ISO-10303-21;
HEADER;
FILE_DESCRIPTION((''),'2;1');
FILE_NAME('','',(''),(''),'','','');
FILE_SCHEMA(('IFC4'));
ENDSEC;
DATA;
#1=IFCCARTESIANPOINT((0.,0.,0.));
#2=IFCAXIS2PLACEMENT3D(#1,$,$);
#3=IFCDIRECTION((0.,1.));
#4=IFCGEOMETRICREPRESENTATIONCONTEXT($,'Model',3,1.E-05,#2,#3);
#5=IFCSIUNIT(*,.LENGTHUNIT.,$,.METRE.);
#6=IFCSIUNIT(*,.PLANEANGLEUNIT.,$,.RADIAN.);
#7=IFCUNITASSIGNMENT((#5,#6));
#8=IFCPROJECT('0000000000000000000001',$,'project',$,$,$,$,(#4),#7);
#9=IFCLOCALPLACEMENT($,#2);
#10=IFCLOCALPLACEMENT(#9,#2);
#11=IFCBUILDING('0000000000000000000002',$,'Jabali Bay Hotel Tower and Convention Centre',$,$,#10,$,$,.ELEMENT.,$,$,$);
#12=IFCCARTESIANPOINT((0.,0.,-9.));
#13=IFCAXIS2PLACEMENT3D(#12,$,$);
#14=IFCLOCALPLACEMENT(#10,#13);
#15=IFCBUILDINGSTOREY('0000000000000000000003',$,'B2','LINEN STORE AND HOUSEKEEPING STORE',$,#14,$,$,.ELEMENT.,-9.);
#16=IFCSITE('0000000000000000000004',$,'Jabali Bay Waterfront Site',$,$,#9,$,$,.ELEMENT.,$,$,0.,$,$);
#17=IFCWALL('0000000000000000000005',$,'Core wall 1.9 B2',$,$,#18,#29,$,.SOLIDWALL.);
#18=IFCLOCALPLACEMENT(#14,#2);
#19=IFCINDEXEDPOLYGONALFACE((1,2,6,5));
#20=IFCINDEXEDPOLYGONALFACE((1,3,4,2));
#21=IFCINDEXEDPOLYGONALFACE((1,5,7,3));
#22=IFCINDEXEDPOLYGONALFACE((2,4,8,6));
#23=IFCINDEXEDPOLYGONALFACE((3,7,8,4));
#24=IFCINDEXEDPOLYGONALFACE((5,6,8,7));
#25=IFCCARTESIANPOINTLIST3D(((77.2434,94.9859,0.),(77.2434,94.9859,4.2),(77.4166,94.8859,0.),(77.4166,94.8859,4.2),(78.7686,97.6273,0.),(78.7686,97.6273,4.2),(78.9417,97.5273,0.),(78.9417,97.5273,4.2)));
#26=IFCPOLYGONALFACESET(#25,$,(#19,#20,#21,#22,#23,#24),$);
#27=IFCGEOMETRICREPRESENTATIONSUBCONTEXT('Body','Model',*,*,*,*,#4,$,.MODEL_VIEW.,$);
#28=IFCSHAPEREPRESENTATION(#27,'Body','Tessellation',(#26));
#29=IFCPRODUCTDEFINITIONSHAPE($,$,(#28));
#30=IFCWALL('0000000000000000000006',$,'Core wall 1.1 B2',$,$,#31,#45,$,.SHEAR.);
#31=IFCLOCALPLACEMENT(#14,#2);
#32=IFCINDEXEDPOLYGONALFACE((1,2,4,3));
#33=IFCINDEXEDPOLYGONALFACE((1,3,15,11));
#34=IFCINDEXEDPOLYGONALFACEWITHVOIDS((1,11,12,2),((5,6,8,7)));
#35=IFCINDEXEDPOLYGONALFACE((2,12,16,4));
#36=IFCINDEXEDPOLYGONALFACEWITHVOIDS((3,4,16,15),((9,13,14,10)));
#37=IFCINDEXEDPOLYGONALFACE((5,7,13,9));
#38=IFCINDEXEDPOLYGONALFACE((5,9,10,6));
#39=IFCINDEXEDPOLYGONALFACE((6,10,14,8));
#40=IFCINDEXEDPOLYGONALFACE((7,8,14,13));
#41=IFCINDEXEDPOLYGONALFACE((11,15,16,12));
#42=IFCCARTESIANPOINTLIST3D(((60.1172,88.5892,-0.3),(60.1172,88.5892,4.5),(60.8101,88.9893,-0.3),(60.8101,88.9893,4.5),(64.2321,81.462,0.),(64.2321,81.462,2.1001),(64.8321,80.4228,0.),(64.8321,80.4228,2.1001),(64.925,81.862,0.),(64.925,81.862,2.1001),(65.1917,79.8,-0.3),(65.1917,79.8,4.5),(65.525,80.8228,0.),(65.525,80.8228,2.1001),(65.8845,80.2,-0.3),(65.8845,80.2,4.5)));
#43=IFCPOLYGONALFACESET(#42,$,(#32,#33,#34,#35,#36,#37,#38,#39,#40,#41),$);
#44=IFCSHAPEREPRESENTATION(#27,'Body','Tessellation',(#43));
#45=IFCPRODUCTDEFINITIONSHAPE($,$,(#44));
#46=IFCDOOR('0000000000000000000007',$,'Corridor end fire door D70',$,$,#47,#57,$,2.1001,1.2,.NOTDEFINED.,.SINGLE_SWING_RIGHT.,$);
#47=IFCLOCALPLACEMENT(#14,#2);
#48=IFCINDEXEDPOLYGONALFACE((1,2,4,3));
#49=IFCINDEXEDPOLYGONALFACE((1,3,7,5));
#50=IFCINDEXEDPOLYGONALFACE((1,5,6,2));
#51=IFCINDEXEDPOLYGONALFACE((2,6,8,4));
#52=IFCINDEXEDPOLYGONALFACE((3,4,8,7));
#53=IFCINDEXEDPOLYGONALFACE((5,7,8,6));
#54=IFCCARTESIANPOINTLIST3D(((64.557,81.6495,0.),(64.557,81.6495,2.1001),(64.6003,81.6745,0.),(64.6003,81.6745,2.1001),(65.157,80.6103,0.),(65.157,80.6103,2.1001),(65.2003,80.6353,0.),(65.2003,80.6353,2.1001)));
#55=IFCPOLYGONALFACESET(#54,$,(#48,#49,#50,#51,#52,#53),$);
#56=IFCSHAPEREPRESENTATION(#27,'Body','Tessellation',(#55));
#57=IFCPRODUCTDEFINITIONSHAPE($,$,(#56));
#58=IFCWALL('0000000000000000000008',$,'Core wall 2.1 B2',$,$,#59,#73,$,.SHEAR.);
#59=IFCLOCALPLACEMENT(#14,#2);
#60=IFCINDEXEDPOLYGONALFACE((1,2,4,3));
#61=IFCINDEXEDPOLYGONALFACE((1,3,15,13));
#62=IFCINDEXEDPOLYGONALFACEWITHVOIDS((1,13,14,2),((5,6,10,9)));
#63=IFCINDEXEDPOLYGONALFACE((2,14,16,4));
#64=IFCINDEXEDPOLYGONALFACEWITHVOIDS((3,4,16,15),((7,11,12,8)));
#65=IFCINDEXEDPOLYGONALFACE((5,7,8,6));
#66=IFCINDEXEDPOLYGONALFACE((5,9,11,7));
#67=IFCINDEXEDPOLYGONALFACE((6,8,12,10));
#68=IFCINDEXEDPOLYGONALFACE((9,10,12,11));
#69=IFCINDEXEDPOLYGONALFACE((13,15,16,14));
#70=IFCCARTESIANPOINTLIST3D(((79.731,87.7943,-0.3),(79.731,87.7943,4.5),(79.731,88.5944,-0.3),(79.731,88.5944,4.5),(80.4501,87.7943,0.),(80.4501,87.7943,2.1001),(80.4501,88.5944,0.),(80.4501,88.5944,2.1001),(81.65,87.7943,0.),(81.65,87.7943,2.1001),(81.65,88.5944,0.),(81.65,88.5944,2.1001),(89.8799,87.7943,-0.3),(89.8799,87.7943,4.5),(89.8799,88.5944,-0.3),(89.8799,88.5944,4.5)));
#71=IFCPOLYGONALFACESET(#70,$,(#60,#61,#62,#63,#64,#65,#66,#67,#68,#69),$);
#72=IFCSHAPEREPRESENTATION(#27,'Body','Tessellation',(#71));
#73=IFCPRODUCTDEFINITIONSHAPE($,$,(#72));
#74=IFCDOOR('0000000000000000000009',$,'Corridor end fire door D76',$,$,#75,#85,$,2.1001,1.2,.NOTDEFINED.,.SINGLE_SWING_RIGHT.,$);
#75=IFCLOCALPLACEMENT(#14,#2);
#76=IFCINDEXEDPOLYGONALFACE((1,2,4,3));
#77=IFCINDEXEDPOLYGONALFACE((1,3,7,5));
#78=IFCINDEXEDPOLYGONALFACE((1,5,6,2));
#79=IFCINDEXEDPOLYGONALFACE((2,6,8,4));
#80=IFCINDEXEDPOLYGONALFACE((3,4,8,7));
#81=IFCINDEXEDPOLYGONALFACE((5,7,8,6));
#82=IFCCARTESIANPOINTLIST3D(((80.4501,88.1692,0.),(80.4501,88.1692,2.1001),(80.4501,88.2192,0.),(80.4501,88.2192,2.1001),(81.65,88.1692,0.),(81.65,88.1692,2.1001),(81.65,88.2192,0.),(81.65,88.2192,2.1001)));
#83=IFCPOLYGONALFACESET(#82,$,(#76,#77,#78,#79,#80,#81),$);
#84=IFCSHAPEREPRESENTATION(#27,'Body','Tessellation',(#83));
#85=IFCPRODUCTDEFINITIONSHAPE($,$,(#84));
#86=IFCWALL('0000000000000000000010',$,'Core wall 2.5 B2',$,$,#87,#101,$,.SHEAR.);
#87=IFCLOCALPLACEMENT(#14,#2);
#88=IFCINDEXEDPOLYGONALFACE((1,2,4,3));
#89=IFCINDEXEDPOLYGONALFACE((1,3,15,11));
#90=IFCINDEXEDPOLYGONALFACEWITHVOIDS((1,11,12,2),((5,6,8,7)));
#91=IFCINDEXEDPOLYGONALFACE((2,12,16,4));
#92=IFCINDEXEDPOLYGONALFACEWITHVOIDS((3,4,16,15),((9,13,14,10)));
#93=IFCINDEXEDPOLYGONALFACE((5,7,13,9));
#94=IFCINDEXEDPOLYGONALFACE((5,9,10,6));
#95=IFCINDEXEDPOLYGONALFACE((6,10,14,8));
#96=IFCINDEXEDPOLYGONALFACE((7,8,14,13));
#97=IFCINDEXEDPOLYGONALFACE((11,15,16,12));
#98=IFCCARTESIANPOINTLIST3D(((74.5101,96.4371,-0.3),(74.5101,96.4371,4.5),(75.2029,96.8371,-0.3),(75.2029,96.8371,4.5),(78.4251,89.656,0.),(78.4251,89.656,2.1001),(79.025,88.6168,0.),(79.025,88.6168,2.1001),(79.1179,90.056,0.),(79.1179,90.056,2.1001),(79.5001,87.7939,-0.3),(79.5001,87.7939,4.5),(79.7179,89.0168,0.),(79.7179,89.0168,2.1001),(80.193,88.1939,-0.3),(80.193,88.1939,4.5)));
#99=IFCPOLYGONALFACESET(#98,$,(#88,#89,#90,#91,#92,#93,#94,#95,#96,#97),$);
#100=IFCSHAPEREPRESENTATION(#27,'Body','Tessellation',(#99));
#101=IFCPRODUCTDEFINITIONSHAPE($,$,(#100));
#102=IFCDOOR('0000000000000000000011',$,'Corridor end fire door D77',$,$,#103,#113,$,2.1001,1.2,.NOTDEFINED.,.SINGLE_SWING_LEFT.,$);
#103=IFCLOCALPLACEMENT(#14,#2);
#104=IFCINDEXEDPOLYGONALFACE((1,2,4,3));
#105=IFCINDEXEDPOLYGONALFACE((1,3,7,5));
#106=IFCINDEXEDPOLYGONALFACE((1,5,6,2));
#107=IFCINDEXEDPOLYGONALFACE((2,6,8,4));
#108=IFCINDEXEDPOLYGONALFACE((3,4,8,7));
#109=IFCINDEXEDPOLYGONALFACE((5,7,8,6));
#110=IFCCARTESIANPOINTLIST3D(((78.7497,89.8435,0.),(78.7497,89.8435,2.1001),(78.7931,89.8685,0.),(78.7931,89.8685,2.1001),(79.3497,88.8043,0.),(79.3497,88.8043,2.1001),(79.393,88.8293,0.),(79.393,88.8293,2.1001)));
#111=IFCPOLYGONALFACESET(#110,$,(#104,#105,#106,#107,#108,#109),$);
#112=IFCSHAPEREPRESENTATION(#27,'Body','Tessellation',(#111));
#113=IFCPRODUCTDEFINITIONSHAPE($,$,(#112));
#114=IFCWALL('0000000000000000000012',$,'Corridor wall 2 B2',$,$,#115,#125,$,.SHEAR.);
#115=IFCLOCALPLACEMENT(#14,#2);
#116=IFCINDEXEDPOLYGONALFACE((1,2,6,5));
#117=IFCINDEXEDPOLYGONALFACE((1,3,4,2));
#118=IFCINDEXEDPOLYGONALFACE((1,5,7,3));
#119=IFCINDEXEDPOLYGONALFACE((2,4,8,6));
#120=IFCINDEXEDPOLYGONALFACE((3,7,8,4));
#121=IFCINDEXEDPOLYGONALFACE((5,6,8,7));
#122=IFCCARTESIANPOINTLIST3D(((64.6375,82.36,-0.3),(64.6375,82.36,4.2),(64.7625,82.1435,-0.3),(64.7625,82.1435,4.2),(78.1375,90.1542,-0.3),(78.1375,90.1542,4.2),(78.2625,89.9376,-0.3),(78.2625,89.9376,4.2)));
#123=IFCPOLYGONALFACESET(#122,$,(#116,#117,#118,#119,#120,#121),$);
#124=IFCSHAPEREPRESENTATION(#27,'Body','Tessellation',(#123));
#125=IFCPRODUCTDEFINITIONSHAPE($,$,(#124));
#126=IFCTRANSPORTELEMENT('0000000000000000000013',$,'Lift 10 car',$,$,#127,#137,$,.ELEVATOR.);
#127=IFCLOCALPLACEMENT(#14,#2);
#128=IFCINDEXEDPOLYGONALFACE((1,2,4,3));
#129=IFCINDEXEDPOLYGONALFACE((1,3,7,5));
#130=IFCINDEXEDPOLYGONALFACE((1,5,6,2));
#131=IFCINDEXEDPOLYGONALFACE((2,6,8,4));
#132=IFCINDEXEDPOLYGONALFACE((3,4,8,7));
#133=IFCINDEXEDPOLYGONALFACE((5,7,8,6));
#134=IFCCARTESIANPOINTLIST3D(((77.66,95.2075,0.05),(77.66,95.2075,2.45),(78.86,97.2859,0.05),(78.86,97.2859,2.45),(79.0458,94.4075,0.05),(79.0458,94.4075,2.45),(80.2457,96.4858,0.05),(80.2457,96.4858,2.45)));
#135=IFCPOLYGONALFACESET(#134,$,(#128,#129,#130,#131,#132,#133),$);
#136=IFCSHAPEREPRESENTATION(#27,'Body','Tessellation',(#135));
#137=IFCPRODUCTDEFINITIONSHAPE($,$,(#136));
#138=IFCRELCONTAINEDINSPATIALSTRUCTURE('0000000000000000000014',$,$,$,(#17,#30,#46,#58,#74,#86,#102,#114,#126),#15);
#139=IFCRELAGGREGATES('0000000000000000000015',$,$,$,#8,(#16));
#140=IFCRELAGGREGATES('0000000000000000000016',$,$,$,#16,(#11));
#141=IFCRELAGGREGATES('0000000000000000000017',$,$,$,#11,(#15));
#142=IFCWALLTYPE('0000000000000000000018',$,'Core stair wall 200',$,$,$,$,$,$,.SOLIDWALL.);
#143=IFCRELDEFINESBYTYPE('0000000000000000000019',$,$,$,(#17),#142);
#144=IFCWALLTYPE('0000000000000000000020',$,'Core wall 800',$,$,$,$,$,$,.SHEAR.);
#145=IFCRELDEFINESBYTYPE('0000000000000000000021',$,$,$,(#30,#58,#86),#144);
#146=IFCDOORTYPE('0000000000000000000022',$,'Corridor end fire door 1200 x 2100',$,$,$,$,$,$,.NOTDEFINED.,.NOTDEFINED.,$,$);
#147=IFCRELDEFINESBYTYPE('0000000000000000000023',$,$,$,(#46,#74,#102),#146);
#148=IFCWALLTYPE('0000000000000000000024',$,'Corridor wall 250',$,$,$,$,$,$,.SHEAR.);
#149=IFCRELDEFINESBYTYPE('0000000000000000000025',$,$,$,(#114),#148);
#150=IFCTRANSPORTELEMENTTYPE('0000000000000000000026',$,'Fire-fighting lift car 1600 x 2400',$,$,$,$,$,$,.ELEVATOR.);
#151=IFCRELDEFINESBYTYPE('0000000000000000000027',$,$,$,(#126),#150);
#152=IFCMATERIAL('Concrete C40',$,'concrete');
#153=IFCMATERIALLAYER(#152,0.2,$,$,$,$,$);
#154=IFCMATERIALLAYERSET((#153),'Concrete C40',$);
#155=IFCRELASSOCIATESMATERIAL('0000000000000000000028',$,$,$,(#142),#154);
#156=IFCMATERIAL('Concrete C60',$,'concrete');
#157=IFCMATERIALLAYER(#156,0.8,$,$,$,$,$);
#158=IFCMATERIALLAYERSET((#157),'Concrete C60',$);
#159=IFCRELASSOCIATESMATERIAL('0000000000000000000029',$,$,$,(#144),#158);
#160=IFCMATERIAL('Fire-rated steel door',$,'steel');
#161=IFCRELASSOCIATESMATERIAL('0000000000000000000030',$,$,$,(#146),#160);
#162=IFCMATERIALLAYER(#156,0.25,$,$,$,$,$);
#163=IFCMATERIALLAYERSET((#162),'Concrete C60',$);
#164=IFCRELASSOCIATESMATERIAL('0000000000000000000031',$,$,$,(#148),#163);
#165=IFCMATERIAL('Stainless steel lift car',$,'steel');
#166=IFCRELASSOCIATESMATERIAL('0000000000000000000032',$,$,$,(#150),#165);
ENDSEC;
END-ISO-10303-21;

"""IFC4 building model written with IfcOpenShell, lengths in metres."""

from ifc_helpers import new_model, si_unit, direction, frame, frame_2d, origin, origin_2d, place, context, subcontext, project, spatial, rectangle, extrude, material, layer, layer_set, type_object, element, fill, save


model = new_model("IFC4")

# Units and contexts
model_context = context("Model", 3, precision=1e-05, world=origin(), true_north=direction((0.0, 1.0)))
body_context = subcontext(model_context, "Body", "Model", "MODEL_VIEW")
ifc_project = project(units=[si_unit("LENGTHUNIT", "METRE"), si_unit("PLANEANGLEUNIT", "RADIAN")], contexts=[model_context])

# Site, building, storey
site_placement = place(None, origin())
site = spatial("IfcSite", under=ifc_project, at=site_placement, Name="Jabali Bay Waterfront Site", CompositionType="ELEMENT", RefElevation=0.0)
building_placement = place(site_placement, origin())
building = spatial("IfcBuilding", under=site, at=building_placement, Name="Jabali Bay Hotel Tower and Convention Centre", CompositionType="ELEMENT")
storey_placement = place(building_placement, frame((0.0, 0.0, -9.0)))
storey = spatial("IfcBuildingStorey", under=building, at=storey_placement, Name="B2", Description="LINEN STORE AND HOUSEKEEPING STORE", CompositionType="ELEMENT", Elevation=-9.0)

# Shared definitions
ifc_material_1 = material(Name="Concrete C60", Category="concrete")

# Shared definitions
ifc_material_2 = material(Name="Concrete C40", Category="concrete")
ifc_material_3 = material(Name="Fire-rated steel door", Category="steel")

# Wall
ifc_layer_1 = layer(ifc_material_2, 0.2)
ifc_layer_set_1 = layer_set([ifc_layer_1], Name="Concrete C40")
wall_type_1 = type_object("IfcWallType", Name="Core stair wall 200", PredefinedType="SOLIDWALL", material=ifc_layer_set_1)
for number, where, z_axis, x_axis, name in (
    (1, (77.3301, 94.936, 0.0), (0.0, 0.0, 1.0), (0.500039, 0.866003, 0.0), "Core wall 1.9 B2"),
):
    element("IfcWall", number, at=place(storey_placement, frame(where, z_axis=z_axis, x_axis=x_axis)), inside=storey, type_object=wall_type_1, Name=name, PredefinedType="SOLIDWALL", context=body_context, shape_type="SweptSolid", body=[
        extrude(rectangle(XDim=3.05, YDim=0.2, at=frame_2d((1.5249, 0.0))), origin(), (0.0, 0.0, 1.0), 4.2),
    ])

# Walls, openings, doors
ifc_layer_2 = layer(ifc_material_1, 0.8)
ifc_layer_set_2 = layer_set([ifc_layer_2], Name="Concrete C60")
wall_type_2 = type_object("IfcWallType", Name="Core wall 800", PredefinedType="SHEAR", material=ifc_layer_set_2)
wall_1_placement = place(storey_placement, frame((65.5381, 80.0, -0.3), z_axis=(0.0, 0.0, 1.0), x_axis=(-0.499997, 0.866027, 0.0)))
wall_1 = element("IfcWall", 2, at=wall_1_placement, inside=storey, type_object=wall_type_2, Name="Core wall 1.1 B2", PredefinedType="SHEAR", context=body_context, shape_type="SweptSolid", body=[
    extrude(rectangle(XDim=10.1489, YDim=0.8, at=frame_2d((5.0745, 0.0))), origin(), (0.0, 0.0, 1.0), 4.8),
])
opening_1_placement = place(wall_1_placement, frame((0.719, 0.0, 0.3)))
opening_1 = element("IfcOpeningElement", 3, at=opening_1_placement, cuts=wall_1, PredefinedType="OPENING", context=body_context, shape_type="SweptSolid", body=[
    extrude(rectangle(XDim=1.2, YDim=2.1001, at=frame_2d((0.6001, 1.05))), frame((0.0, 0.4106, 0.0), z_axis=(0.0, -1.0, 0.0), x_axis=(1.0, 0.0, 0.0)), (0.0, 0.0, 1.0), 0.821),
])
door_type_1 = type_object("IfcDoorType", Name="Corridor end fire door 1200 x 2100", OperationType="NOTDEFINED", PredefinedType="NOTDEFINED", material=ifc_material_3)
door_1_placement = place(opening_1_placement, origin())
door_1 = element("IfcDoor", 4, at=door_1_placement, inside=storey, type_object=door_type_1, Name="Corridor end fire door D70", OperationType="SINGLE_SWING_RIGHT", OverallHeight=2.1001, OverallWidth=1.2, PredefinedType="NOTDEFINED", context=body_context, shape_type="SweptSolid", body=[
    extrude(rectangle(XDim=1.2, YDim=2.1001, at=frame_2d((0.6001, 1.05))), frame((0.0, 0.0249, 0.0), z_axis=(0.0, -1.0, 0.0), x_axis=(1.0, 0.0, 0.0)), (0.0, 0.0, 1.0), 0.05),
])
fill(opening_1, door_1)
wall_2_placement = place(storey_placement, frame((79.731, 88.1943, -0.3), z_axis=(0.0, 0.0, 1.0), x_axis=(1.0, 0.0, 0.0)))
wall_2 = element("IfcWall", 5, at=wall_2_placement, inside=storey, type_object=wall_type_2, Name="Core wall 2.1 B2", PredefinedType="SHEAR", context=body_context, shape_type="SweptSolid", body=[
    extrude(rectangle(XDim=10.1489, YDim=0.8, at=frame_2d((5.0745, 0.0))), origin(), (0.0, 0.0, 1.0), 4.8),
])
opening_2_placement = place(wall_2_placement, frame((0.719, 0.0, 0.3)))
opening_2 = element("IfcOpeningElement", 6, at=opening_2_placement, cuts=wall_2, PredefinedType="OPENING", context=body_context, shape_type="SweptSolid", body=[
    extrude(rectangle(XDim=1.2, YDim=2.1001, at=frame_2d((0.6001, 1.05))), frame((0.0, 0.4106, 0.0), z_axis=(0.0, -1.0, 0.0), x_axis=(1.0, 0.0, 0.0)), (0.0, 0.0, 1.0), 0.821),
])
door_2_placement = place(opening_2_placement, origin())
door_2 = element("IfcDoor", 7, at=door_2_placement, inside=storey, type_object=door_type_1, Name="Corridor end fire door D76", OperationType="SINGLE_SWING_RIGHT", OverallHeight=2.1001, OverallWidth=1.2, PredefinedType="NOTDEFINED", context=body_context, shape_type="SweptSolid", body=[
    extrude(rectangle(XDim=1.2, YDim=2.1001, at=frame_2d((0.6001, 1.05))), frame((0.0, 0.0249, 0.0), z_axis=(0.0, -1.0, 0.0), x_axis=(1.0, 0.0, 0.0)), (0.0, 0.0, 1.0), 0.05),
])
fill(opening_2, door_2)
wall_3_placement = place(storey_placement, frame((74.8564, 96.6372, -0.3), z_axis=(0.0, 0.0, 1.0), x_axis=(0.499994, -0.866029, 0.0)))
wall_3 = element("IfcWall", 8, at=wall_3_placement, inside=storey, type_object=wall_type_2, Name="Core wall 2.5 B2", PredefinedType="SHEAR", context=body_context, shape_type="SweptSolid", body=[
    extrude(rectangle(XDim=9.9802, YDim=0.8, at=frame_2d((4.9902, 0.0))), origin(), (0.0, 0.0, 1.0), 4.8),
])
opening_3_placement = place(wall_3_placement, frame((7.8301, 0.0, 0.3)))
opening_3 = element("IfcOpeningElement", 9, at=opening_3_placement, cuts=wall_3, PredefinedType="OPENING", context=body_context, shape_type="SweptSolid", body=[
    extrude(rectangle(XDim=1.2, YDim=2.1001, at=frame_2d((0.6001, 1.05))), frame((0.0, 0.4106, 0.0), z_axis=(0.0, -1.0, 0.0), x_axis=(1.0, 0.0, 0.0)), (0.0, 0.0, 1.0), 0.821),
])
door_3_placement = place(opening_3_placement, origin())
door_3 = element("IfcDoor", 10, at=door_3_placement, inside=storey, type_object=door_type_1, Name="Corridor end fire door D77", OperationType="SINGLE_SWING_LEFT", OverallHeight=2.1001, OverallWidth=1.2, PredefinedType="NOTDEFINED", context=body_context, shape_type="SweptSolid", body=[
    extrude(rectangle(XDim=1.2, YDim=2.1001, at=frame_2d((0.6001, 1.05))), frame((0.0, 0.0249, 0.0), z_axis=(0.0, -1.0, 0.0), x_axis=(1.0, 0.0, 0.0)), (0.0, 0.0, 1.0), 0.05),
])
fill(opening_3, door_3)

# Wall
ifc_layer_3 = layer(ifc_material_1, 0.25)
ifc_layer_set_3 = layer_set([ifc_layer_3], Name="Concrete C60")
wall_type_3 = type_object("IfcWallType", Name="Corridor wall 250", PredefinedType="SHEAR", material=ifc_layer_set_3)
wall_4_placement = place(storey_placement, frame((78.2, 90.0459, -0.3), z_axis=(0.0, 0.0, 1.0), x_axis=(-0.866026, -0.499998, 0.0)))
element("IfcWall", 11, at=wall_4_placement, inside=storey, type_object=wall_type_3, Name="Corridor wall 2 B2", PredefinedType="SHEAR", context=body_context, shape_type="SweptSolid", body=[
    extrude(rectangle(XDim=15.5884, YDim=0.25, at=frame_2d((7.7942, 0.0))), origin(), (0.0, 0.0, 1.0), 4.5),
])

# Transport element
ifc_material_4 = material(Name="Stainless steel lift car", Category="steel")
transport_element_type = type_object("IfcTransportElementType", Name="Fire-fighting lift car 1600 x 2400", PredefinedType="ELEVATOR", material=ifc_material_4)
transport_element_placement = place(storey_placement, frame((78.9529, 95.8467, 0.05), z_axis=(0.0, 0.0, 1.0), x_axis=(0.5, 0.866025, 0.0)))
element("IfcTransportElement", 12, at=transport_element_placement, inside=storey, type_object=transport_element_type, Name="Lift 10 car", PredefinedType="ELEVATOR", context=body_context, shape_type="SweptSolid", body=[
    extrude(rectangle(XDim=2.3999, YDim=1.6001, at=origin_2d()), origin(), (0.0, 0.0, 1.0), 2.3999),
])

save(model, "model.ifc")
